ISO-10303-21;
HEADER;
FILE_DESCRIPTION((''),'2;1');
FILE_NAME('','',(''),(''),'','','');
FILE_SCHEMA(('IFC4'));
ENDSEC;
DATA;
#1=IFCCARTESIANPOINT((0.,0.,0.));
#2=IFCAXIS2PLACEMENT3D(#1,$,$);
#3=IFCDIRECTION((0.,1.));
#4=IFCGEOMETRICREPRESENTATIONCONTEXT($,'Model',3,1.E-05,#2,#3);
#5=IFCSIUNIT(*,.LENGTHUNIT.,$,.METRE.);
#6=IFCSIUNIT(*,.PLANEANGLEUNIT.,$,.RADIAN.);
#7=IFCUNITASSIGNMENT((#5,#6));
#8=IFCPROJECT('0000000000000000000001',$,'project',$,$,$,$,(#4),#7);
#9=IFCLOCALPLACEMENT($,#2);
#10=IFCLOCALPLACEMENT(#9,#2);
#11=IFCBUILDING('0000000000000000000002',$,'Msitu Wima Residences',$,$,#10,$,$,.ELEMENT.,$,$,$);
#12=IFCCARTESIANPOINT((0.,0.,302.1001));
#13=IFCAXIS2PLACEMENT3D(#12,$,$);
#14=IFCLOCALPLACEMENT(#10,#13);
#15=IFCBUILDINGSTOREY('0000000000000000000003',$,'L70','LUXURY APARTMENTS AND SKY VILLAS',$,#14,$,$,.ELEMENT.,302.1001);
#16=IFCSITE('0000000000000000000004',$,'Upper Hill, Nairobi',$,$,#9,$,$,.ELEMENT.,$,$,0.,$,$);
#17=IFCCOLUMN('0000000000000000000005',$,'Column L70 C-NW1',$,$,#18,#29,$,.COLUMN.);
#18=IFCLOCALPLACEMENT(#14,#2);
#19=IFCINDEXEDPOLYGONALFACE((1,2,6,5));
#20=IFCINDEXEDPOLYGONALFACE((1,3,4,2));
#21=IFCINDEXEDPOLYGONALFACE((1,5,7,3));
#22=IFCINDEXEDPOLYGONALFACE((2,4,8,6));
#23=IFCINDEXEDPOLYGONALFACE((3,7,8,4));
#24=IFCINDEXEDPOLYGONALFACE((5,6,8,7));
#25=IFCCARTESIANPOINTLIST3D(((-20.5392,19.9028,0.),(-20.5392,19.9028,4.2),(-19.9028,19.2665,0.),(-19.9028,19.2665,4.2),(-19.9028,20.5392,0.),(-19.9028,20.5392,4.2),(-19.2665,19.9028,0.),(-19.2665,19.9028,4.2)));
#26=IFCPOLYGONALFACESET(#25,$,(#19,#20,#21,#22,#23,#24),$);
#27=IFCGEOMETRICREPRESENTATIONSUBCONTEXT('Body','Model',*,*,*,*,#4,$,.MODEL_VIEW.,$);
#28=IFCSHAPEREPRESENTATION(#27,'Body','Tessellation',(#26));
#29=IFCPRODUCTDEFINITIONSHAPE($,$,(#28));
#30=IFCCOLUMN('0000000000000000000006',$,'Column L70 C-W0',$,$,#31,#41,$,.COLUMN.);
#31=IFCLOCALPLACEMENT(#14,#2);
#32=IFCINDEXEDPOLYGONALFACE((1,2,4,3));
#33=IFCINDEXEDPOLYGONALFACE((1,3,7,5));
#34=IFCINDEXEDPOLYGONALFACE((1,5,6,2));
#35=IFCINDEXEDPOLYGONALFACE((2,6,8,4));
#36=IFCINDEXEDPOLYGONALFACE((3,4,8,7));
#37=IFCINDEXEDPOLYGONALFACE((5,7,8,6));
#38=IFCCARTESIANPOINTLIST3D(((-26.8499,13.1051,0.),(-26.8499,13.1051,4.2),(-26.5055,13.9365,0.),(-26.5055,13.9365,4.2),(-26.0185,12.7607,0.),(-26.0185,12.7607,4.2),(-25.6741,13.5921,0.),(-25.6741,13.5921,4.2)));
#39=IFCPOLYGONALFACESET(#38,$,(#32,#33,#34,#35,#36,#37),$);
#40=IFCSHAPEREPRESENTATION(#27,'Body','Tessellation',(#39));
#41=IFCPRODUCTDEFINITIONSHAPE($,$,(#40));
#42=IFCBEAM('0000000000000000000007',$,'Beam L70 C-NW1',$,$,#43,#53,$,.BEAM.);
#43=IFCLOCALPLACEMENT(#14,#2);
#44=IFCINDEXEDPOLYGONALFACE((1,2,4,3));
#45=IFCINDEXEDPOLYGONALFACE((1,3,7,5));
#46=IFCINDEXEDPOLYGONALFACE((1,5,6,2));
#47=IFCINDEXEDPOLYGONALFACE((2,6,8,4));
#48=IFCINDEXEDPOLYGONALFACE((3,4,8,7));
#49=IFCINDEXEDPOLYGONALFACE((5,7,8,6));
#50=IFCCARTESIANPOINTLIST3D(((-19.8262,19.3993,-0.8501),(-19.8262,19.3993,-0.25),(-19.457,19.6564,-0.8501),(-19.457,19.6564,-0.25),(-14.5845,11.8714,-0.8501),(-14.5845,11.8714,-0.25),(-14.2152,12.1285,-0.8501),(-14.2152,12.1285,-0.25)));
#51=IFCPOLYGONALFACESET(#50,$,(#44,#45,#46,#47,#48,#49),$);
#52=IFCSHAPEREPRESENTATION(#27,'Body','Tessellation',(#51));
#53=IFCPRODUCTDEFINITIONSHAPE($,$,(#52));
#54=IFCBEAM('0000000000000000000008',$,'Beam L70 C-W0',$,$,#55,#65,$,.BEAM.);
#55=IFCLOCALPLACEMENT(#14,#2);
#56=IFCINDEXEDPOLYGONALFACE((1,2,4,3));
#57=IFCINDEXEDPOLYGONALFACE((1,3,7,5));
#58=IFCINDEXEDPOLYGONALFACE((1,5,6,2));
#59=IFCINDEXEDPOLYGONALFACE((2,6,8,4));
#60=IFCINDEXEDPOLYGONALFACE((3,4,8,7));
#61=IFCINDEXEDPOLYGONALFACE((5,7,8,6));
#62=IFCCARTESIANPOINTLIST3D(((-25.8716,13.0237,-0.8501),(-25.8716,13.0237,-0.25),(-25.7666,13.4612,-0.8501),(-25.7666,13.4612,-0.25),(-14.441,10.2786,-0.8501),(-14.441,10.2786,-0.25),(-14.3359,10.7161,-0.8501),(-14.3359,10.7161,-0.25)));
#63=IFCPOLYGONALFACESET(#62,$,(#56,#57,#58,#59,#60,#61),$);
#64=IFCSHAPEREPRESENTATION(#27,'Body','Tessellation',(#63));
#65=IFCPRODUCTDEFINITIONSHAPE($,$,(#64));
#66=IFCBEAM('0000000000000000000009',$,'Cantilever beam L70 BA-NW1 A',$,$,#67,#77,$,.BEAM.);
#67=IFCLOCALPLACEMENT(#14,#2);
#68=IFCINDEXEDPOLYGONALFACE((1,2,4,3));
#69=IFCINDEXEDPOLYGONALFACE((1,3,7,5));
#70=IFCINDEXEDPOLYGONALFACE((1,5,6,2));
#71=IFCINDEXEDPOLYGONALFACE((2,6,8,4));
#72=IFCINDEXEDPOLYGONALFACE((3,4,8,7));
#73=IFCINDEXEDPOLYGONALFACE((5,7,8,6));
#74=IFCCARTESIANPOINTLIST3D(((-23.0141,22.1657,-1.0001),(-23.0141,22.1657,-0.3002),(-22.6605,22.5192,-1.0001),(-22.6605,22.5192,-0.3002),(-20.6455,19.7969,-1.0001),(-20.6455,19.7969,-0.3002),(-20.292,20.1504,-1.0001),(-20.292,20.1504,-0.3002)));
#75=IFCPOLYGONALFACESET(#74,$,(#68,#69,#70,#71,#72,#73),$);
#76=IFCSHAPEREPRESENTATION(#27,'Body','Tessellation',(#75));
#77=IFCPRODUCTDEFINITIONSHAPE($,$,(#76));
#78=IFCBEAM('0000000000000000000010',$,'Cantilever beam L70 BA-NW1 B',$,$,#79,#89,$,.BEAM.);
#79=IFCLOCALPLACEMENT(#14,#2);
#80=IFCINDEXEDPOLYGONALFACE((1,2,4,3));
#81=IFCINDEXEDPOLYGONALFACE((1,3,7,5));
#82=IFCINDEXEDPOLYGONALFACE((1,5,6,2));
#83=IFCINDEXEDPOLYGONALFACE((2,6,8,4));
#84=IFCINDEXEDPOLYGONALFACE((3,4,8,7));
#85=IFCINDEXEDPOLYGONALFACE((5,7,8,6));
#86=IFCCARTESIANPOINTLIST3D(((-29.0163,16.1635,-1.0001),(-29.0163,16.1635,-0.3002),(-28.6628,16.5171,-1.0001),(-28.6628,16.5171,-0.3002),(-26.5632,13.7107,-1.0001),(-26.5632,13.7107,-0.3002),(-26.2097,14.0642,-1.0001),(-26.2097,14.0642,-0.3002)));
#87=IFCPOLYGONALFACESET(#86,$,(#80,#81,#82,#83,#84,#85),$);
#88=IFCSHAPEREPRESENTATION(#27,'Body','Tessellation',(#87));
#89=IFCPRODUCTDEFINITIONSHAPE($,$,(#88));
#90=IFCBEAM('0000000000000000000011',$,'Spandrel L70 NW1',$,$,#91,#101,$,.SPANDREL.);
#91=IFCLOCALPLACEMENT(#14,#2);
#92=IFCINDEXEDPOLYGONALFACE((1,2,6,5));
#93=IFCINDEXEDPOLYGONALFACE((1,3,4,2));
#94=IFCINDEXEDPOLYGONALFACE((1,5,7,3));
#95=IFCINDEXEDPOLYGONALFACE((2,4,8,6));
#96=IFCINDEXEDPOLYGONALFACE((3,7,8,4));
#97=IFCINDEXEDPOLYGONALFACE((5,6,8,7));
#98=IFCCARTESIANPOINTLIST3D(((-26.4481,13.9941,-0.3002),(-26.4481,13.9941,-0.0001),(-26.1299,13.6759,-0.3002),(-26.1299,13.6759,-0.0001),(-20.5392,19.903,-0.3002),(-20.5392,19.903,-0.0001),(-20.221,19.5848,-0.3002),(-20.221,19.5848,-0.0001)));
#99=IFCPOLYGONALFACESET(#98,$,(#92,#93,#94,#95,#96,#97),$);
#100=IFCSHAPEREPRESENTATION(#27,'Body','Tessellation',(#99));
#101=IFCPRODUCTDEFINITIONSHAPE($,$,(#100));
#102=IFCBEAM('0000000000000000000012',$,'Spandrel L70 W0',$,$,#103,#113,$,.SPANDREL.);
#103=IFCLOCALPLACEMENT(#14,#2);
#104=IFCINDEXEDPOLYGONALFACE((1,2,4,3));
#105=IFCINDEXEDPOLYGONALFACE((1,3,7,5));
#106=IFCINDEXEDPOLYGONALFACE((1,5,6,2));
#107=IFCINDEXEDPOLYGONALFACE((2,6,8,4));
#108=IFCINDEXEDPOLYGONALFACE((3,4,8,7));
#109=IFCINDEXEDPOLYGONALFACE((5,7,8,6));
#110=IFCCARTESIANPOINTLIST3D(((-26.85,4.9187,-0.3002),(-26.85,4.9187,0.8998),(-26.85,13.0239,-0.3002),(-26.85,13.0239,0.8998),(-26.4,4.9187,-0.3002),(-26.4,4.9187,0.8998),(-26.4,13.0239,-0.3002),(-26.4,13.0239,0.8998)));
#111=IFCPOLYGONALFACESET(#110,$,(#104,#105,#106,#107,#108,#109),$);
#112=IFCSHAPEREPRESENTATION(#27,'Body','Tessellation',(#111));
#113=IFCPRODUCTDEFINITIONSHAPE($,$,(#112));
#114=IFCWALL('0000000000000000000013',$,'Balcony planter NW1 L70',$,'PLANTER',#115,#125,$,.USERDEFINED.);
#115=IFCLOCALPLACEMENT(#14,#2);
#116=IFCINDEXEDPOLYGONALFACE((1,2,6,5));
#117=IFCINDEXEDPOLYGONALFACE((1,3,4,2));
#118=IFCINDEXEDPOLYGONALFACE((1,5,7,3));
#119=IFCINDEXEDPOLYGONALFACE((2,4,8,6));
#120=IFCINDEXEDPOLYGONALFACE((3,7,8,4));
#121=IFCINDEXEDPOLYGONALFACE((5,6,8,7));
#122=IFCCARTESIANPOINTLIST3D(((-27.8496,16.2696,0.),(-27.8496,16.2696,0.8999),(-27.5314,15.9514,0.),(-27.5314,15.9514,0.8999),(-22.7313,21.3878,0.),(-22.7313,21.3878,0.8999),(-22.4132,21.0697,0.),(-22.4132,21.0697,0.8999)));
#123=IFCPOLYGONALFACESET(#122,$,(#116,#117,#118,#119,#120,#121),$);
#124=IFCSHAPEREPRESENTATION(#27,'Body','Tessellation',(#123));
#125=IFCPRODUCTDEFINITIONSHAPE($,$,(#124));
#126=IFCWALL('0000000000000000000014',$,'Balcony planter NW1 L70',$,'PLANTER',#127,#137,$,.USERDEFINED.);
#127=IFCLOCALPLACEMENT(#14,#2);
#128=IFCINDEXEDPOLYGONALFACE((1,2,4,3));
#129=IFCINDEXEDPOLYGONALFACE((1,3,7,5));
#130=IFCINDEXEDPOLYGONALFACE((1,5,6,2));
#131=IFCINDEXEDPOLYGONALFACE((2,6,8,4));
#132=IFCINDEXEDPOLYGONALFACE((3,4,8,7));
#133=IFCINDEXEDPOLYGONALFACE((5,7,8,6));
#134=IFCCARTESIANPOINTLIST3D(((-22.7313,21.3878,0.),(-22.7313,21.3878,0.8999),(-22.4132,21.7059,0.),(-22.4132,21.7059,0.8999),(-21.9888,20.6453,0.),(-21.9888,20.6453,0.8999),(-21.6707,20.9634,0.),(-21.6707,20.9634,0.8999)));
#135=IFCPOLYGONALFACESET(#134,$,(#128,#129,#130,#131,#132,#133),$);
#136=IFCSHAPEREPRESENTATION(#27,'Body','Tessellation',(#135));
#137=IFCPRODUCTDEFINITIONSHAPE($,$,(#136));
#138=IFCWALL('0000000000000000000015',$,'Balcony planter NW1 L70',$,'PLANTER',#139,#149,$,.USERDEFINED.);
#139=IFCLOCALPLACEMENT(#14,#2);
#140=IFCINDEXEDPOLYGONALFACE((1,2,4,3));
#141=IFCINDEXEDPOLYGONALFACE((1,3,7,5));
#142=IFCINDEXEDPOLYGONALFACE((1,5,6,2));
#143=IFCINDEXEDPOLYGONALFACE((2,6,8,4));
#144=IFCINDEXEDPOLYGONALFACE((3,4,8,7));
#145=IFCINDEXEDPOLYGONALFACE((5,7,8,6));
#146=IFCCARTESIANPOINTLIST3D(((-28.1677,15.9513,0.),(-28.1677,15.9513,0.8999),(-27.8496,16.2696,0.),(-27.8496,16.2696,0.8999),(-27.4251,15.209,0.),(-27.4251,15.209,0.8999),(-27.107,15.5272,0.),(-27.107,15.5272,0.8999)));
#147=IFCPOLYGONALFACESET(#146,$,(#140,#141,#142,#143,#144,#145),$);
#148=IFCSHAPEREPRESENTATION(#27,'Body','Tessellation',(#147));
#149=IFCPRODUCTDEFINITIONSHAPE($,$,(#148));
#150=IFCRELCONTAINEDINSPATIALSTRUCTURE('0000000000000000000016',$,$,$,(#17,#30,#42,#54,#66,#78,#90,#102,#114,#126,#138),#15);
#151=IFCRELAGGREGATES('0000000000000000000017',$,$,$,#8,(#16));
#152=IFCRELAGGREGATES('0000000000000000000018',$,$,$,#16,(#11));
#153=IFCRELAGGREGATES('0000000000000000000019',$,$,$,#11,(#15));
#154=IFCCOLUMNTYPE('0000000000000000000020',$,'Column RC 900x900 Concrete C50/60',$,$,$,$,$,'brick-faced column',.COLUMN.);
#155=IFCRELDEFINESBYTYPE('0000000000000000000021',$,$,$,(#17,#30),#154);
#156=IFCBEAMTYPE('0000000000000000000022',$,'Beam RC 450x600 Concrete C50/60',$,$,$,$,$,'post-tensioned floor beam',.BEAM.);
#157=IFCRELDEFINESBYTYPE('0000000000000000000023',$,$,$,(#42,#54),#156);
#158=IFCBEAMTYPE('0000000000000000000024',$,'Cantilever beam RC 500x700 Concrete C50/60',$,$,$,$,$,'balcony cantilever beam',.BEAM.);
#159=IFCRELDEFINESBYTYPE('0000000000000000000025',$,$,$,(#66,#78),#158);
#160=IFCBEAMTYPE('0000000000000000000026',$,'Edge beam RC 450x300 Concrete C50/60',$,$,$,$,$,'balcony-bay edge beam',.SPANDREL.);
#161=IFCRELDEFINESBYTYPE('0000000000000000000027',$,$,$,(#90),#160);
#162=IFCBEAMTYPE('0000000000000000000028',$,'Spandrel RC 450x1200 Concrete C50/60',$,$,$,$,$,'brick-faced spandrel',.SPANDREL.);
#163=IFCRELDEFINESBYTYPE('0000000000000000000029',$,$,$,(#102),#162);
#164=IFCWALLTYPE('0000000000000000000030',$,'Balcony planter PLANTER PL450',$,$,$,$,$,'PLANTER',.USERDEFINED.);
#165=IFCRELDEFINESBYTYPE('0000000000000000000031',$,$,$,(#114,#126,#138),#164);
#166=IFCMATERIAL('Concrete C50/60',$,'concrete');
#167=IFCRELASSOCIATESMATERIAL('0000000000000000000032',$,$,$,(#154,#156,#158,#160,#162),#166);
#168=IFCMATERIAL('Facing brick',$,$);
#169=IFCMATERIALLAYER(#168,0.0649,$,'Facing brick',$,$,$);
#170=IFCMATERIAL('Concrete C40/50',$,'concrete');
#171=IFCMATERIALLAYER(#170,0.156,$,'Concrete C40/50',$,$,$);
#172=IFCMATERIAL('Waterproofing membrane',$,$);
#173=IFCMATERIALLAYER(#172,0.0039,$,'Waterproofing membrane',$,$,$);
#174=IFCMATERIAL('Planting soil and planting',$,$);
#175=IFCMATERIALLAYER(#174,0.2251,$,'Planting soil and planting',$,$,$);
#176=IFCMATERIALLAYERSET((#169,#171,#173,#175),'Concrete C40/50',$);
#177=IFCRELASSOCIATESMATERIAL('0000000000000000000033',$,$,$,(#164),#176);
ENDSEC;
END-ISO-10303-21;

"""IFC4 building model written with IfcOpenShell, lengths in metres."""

from ifc_helpers import new_model, si_unit, direction, frame, frame_2d, origin, origin_2d, place, context, subcontext, project, spatial, rectangle, extrude, material, layer, layer_set, material_profile, profile_set, type_object, element, save


model = new_model("IFC4")

# Units and contexts
model_context = context("Model", 3, precision=1e-05, world=origin(), true_north=direction((0.0, 1.0)))
body_context = subcontext(model_context, "Body", "Model", "MODEL_VIEW")
ifc_project = project(units=[si_unit("LENGTHUNIT", "METRE"), si_unit("PLANEANGLEUNIT", "RADIAN")], contexts=[model_context])

# Site, building, storey
site_placement = place(None, origin())
site = spatial("IfcSite", under=ifc_project, at=site_placement, Name="Upper Hill, Nairobi", CompositionType="ELEMENT", RefElevation=0.0)
building_placement = place(site_placement, origin())
building = spatial("IfcBuilding", under=site, at=building_placement, Name="Msitu Wima Residences", CompositionType="ELEMENT")
storey_placement = place(building_placement, frame((0.0, 0.0, 302.1001)))
storey = spatial("IfcBuildingStorey", under=building, at=storey_placement, Name="L70", Description="LUXURY APARTMENTS AND SKY VILLAS", CompositionType="ELEMENT", Elevation=302.1001)

# Columns
ifc_material_1 = material(Name="Concrete C50/60", Category="concrete")
ifc_material_profile_1 = material_profile(ifc_material_1, rectangle(XDim=0.8999, YDim=0.8999, at=origin_2d()), Name="RC 900x900")
ifc_profile_set_1 = profile_set([ifc_material_profile_1], Name="Concrete C50/60")
column_type = type_object("IfcColumnType", Name="Column RC 900x900 Concrete C50/60", ElementType="brick-faced column", PredefinedType="COLUMN", material=ifc_profile_set_1)
for number, where, z_axis, x_axis, name in (
    (1, (-19.9028, 19.9028, 0.0), (0.0, 0.0, 1.0), (-0.707107, -0.707107, 0.0), "Column L70 C-NW1"),
    (2, (-26.262, 13.3486, 0.0), (0.0, 0.0, 1.0), (-0.382683, -0.92388, 0.0), "Column L70 C-W0"),
):
    element("IfcColumn", number, at=place(storey_placement, frame(where, z_axis=z_axis, x_axis=x_axis)), inside=storey, type_object=column_type, Name=name, PredefinedType="COLUMN", context=body_context, shape_type="SweptSolid", body=[
        extrude(rectangle(XDim=0.8999, YDim=0.8999, at=origin_2d()), origin(), (0.0, 0.0, 1.0), 4.2),
    ])

# Beams
ifc_material_profile_2 = material_profile(ifc_material_1, rectangle(XDim=0.45, YDim=0.6001, at=origin_2d()), Name="RC 450x600")
ifc_profile_set_2 = profile_set([ifc_material_profile_2], Name="Concrete C50/60")
beam_type_1 = type_object("IfcBeamType", Name="Beam RC 450x600 Concrete C50/60", ElementType="post-tensioned floor beam", PredefinedType="BEAM", material=ifc_profile_set_2)
beam_1_placement = place(storey_placement, frame((-19.6416, 19.5278, -0.55), z_axis=(0.571428, -0.820652, 0.0), x_axis=(0.820652, 0.571428, 0.0)))
element("IfcBeam", 3, at=beam_1_placement, inside=storey, type_object=beam_type_1, Name="Beam L70 C-NW1", PredefinedType="BEAM", context=body_context, shape_type="SweptSolid", body=[
    extrude(rectangle(XDim=0.45, YDim=0.6001, at=origin_2d()), origin(), (0.0, 0.0, 1.0), 9.1731),
])
beam_2_placement = place(storey_placement, frame((-25.8191, 13.2424, -0.55), z_axis=(0.972353, -0.233514, 0.0), x_axis=(0.233514, 0.972353, 0.0)))
element("IfcBeam", 4, at=beam_2_placement, inside=storey, type_object=beam_type_1, Name="Beam L70 C-W0", PredefinedType="BEAM", context=body_context, shape_type="SweptSolid", body=[
    extrude(rectangle(XDim=0.45, YDim=0.6001, at=origin_2d()), origin(), (0.0, 0.0, 1.0), 11.7556),
])
ifc_material_profile_3 = material_profile(ifc_material_1, rectangle(XDim=0.5, YDim=0.7, at=origin_2d()), Name="RC 500x700")
ifc_profile_set_3 = profile_set([ifc_material_profile_3], Name="Concrete C50/60")
beam_type_2 = type_object("IfcBeamType", Name="Cantilever beam RC 500x700 Concrete C50/60", ElementType="balcony cantilever beam", PredefinedType="BEAM", material=ifc_profile_set_3)
beam_3_placement = place(storey_placement, frame((-20.4688, 19.9736, -0.6501), z_axis=(-0.70707, 0.707143, 0.0), x_axis=(-0.707143, -0.70707, 0.0)))
element("IfcBeam", 5, at=beam_3_placement, inside=storey, type_object=beam_type_2, Name="Cantilever beam L70 BA-NW1 A", PredefinedType="BEAM", context=body_context, shape_type="SweptSolid", body=[
    extrude(rectangle(XDim=0.5, YDim=0.7, at=origin_2d()), origin(), (0.0, 0.0, 1.0), 3.3499),
])
beam_4_placement = place(storey_placement, frame((-26.3865, 13.8875, -0.6501), z_axis=(-0.707142, 0.707072, 0.0), x_axis=(-0.707072, -0.707142, 0.0)))
element("IfcBeam", 6, at=beam_4_placement, inside=storey, type_object=beam_type_2, Name="Cantilever beam L70 BA-NW1 B", PredefinedType="BEAM", context=body_context, shape_type="SweptSolid", body=[
    extrude(rectangle(XDim=0.5, YDim=0.7, at=origin_2d()), origin(), (0.0, 0.0, 1.0), 3.469),
])
ifc_material_profile_4 = material_profile(ifc_material_1, rectangle(XDim=0.45, YDim=0.3, at=origin_2d()), Name="RC 450x300")
ifc_profile_set_4 = profile_set([ifc_material_profile_4], Name="Concrete C50/60")
beam_type_3 = type_object("IfcBeamType", Name="Edge beam RC 450x300 Concrete C50/60", ElementType="balcony-bay edge beam", PredefinedType="SPANDREL", material=ifc_profile_set_4)
beam_5_placement = place(storey_placement, frame((-20.3801, 19.7439, -0.1501), z_axis=(-0.707107, -0.707107, 0.0), x_axis=(0.707107, -0.707107, 0.0)))
element("IfcBeam", 7, at=beam_5_placement, inside=storey, type_object=beam_type_3, Name="Spandrel L70 NW1", PredefinedType="SPANDREL", context=body_context, shape_type="SweptSolid", body=[
    extrude(rectangle(XDim=0.45, YDim=0.3, at=origin_2d()), origin(), (0.0, 0.0, 1.0), 8.3564),
])
ifc_material_profile_5 = material_profile(ifc_material_1, rectangle(XDim=0.45, YDim=1.2, at=origin_2d()), Name="RC 450x1200")
ifc_profile_set_5 = profile_set([ifc_material_profile_5], Name="Concrete C50/60")
beam_type_4 = type_object("IfcBeamType", Name="Spandrel RC 450x1200 Concrete C50/60", ElementType="brick-faced spandrel", PredefinedType="SPANDREL", material=ifc_profile_set_5)
beam_6_placement = place(storey_placement, frame((-26.625, 13.0239, 0.2998), z_axis=(0.0, -1.0, 0.0), x_axis=(1.0, 0.0, 0.0)))
element("IfcBeam", 8, at=beam_6_placement, inside=storey, type_object=beam_type_4, Name="Spandrel L70 W0", PredefinedType="SPANDREL", context=body_context, shape_type="SweptSolid", body=[
    extrude(rectangle(XDim=0.45, YDim=1.2, at=origin_2d()), origin(), (0.0, 0.0, 1.0), 8.1052),
])

# Walls
ifc_material_2 = material(Name="Facing brick")
ifc_layer_1 = layer(ifc_material_2, 0.0649, Name="Facing brick")
ifc_material_3 = material(Name="Concrete C40/50", Category="concrete")
ifc_layer_2 = layer(ifc_material_3, 0.156, Name="Concrete C40/50")
ifc_material_4 = material(Name="Waterproofing membrane")
ifc_layer_3 = layer(ifc_material_4, 0.0039, Name="Waterproofing membrane")
ifc_material_5 = material(Name="Planting soil and planting")
ifc_layer_4 = layer(ifc_material_5, 0.2251, Name="Planting soil and planting")
ifc_layer_set_1 = layer_set([ifc_layer_1, ifc_layer_2, ifc_layer_3, ifc_layer_4], Name="Concrete C40/50")
wall_type_1 = type_object("IfcWallType", Name="Balcony planter PLANTER PL450", ElementType="PLANTER", PredefinedType="USERDEFINED", material=ifc_layer_set_1)
wall_1_placement = place(storey_placement, frame((-22.5723, 21.2288, 0.0), z_axis=(0.0, 0.0, 1.0), x_axis=(-0.707107, -0.707107, 0.0)))
element("IfcWall", 9, at=wall_1_placement, inside=storey, type_object=wall_type_1, Name="Balcony planter NW1 L70", ObjectType="PLANTER", PredefinedType="USERDEFINED", context=body_context, shape_type="SweptSolid", body=[
    extrude(rectangle(XDim=7.2383, YDim=0.45, at=frame_2d((3.6191, 0.0))), origin(), (0.0, 0.0, 1.0), 0.8999),
])
for number, where, z_axis, x_axis, name in (
    (10, (-21.8298, 20.8044, 0.0), (0.0, 0.0, 1.0), (-0.707107, 0.707107, 0.0), "Balcony planter NW1 L70"),
    (11, (-27.2661, 15.3682, 0.0), (0.0, 0.0, 1.0), (-0.707223, 0.706991, 0.0), "Balcony planter NW1 L70"),
):
    element("IfcWall", number, at=place(storey_placement, frame(where, z_axis=z_axis, x_axis=x_axis)), inside=storey, type_object=wall_type_1, Name=name, ObjectType="PLANTER", PredefinedType="USERDEFINED", context=body_context, shape_type="SweptSolid", body=[
        extrude(rectangle(XDim=1.05, YDim=0.45, at=frame_2d((0.5249, 0.0))), origin(), (0.0, 0.0, 1.0), 0.8999),
    ])

save(model, "model.ifc")
